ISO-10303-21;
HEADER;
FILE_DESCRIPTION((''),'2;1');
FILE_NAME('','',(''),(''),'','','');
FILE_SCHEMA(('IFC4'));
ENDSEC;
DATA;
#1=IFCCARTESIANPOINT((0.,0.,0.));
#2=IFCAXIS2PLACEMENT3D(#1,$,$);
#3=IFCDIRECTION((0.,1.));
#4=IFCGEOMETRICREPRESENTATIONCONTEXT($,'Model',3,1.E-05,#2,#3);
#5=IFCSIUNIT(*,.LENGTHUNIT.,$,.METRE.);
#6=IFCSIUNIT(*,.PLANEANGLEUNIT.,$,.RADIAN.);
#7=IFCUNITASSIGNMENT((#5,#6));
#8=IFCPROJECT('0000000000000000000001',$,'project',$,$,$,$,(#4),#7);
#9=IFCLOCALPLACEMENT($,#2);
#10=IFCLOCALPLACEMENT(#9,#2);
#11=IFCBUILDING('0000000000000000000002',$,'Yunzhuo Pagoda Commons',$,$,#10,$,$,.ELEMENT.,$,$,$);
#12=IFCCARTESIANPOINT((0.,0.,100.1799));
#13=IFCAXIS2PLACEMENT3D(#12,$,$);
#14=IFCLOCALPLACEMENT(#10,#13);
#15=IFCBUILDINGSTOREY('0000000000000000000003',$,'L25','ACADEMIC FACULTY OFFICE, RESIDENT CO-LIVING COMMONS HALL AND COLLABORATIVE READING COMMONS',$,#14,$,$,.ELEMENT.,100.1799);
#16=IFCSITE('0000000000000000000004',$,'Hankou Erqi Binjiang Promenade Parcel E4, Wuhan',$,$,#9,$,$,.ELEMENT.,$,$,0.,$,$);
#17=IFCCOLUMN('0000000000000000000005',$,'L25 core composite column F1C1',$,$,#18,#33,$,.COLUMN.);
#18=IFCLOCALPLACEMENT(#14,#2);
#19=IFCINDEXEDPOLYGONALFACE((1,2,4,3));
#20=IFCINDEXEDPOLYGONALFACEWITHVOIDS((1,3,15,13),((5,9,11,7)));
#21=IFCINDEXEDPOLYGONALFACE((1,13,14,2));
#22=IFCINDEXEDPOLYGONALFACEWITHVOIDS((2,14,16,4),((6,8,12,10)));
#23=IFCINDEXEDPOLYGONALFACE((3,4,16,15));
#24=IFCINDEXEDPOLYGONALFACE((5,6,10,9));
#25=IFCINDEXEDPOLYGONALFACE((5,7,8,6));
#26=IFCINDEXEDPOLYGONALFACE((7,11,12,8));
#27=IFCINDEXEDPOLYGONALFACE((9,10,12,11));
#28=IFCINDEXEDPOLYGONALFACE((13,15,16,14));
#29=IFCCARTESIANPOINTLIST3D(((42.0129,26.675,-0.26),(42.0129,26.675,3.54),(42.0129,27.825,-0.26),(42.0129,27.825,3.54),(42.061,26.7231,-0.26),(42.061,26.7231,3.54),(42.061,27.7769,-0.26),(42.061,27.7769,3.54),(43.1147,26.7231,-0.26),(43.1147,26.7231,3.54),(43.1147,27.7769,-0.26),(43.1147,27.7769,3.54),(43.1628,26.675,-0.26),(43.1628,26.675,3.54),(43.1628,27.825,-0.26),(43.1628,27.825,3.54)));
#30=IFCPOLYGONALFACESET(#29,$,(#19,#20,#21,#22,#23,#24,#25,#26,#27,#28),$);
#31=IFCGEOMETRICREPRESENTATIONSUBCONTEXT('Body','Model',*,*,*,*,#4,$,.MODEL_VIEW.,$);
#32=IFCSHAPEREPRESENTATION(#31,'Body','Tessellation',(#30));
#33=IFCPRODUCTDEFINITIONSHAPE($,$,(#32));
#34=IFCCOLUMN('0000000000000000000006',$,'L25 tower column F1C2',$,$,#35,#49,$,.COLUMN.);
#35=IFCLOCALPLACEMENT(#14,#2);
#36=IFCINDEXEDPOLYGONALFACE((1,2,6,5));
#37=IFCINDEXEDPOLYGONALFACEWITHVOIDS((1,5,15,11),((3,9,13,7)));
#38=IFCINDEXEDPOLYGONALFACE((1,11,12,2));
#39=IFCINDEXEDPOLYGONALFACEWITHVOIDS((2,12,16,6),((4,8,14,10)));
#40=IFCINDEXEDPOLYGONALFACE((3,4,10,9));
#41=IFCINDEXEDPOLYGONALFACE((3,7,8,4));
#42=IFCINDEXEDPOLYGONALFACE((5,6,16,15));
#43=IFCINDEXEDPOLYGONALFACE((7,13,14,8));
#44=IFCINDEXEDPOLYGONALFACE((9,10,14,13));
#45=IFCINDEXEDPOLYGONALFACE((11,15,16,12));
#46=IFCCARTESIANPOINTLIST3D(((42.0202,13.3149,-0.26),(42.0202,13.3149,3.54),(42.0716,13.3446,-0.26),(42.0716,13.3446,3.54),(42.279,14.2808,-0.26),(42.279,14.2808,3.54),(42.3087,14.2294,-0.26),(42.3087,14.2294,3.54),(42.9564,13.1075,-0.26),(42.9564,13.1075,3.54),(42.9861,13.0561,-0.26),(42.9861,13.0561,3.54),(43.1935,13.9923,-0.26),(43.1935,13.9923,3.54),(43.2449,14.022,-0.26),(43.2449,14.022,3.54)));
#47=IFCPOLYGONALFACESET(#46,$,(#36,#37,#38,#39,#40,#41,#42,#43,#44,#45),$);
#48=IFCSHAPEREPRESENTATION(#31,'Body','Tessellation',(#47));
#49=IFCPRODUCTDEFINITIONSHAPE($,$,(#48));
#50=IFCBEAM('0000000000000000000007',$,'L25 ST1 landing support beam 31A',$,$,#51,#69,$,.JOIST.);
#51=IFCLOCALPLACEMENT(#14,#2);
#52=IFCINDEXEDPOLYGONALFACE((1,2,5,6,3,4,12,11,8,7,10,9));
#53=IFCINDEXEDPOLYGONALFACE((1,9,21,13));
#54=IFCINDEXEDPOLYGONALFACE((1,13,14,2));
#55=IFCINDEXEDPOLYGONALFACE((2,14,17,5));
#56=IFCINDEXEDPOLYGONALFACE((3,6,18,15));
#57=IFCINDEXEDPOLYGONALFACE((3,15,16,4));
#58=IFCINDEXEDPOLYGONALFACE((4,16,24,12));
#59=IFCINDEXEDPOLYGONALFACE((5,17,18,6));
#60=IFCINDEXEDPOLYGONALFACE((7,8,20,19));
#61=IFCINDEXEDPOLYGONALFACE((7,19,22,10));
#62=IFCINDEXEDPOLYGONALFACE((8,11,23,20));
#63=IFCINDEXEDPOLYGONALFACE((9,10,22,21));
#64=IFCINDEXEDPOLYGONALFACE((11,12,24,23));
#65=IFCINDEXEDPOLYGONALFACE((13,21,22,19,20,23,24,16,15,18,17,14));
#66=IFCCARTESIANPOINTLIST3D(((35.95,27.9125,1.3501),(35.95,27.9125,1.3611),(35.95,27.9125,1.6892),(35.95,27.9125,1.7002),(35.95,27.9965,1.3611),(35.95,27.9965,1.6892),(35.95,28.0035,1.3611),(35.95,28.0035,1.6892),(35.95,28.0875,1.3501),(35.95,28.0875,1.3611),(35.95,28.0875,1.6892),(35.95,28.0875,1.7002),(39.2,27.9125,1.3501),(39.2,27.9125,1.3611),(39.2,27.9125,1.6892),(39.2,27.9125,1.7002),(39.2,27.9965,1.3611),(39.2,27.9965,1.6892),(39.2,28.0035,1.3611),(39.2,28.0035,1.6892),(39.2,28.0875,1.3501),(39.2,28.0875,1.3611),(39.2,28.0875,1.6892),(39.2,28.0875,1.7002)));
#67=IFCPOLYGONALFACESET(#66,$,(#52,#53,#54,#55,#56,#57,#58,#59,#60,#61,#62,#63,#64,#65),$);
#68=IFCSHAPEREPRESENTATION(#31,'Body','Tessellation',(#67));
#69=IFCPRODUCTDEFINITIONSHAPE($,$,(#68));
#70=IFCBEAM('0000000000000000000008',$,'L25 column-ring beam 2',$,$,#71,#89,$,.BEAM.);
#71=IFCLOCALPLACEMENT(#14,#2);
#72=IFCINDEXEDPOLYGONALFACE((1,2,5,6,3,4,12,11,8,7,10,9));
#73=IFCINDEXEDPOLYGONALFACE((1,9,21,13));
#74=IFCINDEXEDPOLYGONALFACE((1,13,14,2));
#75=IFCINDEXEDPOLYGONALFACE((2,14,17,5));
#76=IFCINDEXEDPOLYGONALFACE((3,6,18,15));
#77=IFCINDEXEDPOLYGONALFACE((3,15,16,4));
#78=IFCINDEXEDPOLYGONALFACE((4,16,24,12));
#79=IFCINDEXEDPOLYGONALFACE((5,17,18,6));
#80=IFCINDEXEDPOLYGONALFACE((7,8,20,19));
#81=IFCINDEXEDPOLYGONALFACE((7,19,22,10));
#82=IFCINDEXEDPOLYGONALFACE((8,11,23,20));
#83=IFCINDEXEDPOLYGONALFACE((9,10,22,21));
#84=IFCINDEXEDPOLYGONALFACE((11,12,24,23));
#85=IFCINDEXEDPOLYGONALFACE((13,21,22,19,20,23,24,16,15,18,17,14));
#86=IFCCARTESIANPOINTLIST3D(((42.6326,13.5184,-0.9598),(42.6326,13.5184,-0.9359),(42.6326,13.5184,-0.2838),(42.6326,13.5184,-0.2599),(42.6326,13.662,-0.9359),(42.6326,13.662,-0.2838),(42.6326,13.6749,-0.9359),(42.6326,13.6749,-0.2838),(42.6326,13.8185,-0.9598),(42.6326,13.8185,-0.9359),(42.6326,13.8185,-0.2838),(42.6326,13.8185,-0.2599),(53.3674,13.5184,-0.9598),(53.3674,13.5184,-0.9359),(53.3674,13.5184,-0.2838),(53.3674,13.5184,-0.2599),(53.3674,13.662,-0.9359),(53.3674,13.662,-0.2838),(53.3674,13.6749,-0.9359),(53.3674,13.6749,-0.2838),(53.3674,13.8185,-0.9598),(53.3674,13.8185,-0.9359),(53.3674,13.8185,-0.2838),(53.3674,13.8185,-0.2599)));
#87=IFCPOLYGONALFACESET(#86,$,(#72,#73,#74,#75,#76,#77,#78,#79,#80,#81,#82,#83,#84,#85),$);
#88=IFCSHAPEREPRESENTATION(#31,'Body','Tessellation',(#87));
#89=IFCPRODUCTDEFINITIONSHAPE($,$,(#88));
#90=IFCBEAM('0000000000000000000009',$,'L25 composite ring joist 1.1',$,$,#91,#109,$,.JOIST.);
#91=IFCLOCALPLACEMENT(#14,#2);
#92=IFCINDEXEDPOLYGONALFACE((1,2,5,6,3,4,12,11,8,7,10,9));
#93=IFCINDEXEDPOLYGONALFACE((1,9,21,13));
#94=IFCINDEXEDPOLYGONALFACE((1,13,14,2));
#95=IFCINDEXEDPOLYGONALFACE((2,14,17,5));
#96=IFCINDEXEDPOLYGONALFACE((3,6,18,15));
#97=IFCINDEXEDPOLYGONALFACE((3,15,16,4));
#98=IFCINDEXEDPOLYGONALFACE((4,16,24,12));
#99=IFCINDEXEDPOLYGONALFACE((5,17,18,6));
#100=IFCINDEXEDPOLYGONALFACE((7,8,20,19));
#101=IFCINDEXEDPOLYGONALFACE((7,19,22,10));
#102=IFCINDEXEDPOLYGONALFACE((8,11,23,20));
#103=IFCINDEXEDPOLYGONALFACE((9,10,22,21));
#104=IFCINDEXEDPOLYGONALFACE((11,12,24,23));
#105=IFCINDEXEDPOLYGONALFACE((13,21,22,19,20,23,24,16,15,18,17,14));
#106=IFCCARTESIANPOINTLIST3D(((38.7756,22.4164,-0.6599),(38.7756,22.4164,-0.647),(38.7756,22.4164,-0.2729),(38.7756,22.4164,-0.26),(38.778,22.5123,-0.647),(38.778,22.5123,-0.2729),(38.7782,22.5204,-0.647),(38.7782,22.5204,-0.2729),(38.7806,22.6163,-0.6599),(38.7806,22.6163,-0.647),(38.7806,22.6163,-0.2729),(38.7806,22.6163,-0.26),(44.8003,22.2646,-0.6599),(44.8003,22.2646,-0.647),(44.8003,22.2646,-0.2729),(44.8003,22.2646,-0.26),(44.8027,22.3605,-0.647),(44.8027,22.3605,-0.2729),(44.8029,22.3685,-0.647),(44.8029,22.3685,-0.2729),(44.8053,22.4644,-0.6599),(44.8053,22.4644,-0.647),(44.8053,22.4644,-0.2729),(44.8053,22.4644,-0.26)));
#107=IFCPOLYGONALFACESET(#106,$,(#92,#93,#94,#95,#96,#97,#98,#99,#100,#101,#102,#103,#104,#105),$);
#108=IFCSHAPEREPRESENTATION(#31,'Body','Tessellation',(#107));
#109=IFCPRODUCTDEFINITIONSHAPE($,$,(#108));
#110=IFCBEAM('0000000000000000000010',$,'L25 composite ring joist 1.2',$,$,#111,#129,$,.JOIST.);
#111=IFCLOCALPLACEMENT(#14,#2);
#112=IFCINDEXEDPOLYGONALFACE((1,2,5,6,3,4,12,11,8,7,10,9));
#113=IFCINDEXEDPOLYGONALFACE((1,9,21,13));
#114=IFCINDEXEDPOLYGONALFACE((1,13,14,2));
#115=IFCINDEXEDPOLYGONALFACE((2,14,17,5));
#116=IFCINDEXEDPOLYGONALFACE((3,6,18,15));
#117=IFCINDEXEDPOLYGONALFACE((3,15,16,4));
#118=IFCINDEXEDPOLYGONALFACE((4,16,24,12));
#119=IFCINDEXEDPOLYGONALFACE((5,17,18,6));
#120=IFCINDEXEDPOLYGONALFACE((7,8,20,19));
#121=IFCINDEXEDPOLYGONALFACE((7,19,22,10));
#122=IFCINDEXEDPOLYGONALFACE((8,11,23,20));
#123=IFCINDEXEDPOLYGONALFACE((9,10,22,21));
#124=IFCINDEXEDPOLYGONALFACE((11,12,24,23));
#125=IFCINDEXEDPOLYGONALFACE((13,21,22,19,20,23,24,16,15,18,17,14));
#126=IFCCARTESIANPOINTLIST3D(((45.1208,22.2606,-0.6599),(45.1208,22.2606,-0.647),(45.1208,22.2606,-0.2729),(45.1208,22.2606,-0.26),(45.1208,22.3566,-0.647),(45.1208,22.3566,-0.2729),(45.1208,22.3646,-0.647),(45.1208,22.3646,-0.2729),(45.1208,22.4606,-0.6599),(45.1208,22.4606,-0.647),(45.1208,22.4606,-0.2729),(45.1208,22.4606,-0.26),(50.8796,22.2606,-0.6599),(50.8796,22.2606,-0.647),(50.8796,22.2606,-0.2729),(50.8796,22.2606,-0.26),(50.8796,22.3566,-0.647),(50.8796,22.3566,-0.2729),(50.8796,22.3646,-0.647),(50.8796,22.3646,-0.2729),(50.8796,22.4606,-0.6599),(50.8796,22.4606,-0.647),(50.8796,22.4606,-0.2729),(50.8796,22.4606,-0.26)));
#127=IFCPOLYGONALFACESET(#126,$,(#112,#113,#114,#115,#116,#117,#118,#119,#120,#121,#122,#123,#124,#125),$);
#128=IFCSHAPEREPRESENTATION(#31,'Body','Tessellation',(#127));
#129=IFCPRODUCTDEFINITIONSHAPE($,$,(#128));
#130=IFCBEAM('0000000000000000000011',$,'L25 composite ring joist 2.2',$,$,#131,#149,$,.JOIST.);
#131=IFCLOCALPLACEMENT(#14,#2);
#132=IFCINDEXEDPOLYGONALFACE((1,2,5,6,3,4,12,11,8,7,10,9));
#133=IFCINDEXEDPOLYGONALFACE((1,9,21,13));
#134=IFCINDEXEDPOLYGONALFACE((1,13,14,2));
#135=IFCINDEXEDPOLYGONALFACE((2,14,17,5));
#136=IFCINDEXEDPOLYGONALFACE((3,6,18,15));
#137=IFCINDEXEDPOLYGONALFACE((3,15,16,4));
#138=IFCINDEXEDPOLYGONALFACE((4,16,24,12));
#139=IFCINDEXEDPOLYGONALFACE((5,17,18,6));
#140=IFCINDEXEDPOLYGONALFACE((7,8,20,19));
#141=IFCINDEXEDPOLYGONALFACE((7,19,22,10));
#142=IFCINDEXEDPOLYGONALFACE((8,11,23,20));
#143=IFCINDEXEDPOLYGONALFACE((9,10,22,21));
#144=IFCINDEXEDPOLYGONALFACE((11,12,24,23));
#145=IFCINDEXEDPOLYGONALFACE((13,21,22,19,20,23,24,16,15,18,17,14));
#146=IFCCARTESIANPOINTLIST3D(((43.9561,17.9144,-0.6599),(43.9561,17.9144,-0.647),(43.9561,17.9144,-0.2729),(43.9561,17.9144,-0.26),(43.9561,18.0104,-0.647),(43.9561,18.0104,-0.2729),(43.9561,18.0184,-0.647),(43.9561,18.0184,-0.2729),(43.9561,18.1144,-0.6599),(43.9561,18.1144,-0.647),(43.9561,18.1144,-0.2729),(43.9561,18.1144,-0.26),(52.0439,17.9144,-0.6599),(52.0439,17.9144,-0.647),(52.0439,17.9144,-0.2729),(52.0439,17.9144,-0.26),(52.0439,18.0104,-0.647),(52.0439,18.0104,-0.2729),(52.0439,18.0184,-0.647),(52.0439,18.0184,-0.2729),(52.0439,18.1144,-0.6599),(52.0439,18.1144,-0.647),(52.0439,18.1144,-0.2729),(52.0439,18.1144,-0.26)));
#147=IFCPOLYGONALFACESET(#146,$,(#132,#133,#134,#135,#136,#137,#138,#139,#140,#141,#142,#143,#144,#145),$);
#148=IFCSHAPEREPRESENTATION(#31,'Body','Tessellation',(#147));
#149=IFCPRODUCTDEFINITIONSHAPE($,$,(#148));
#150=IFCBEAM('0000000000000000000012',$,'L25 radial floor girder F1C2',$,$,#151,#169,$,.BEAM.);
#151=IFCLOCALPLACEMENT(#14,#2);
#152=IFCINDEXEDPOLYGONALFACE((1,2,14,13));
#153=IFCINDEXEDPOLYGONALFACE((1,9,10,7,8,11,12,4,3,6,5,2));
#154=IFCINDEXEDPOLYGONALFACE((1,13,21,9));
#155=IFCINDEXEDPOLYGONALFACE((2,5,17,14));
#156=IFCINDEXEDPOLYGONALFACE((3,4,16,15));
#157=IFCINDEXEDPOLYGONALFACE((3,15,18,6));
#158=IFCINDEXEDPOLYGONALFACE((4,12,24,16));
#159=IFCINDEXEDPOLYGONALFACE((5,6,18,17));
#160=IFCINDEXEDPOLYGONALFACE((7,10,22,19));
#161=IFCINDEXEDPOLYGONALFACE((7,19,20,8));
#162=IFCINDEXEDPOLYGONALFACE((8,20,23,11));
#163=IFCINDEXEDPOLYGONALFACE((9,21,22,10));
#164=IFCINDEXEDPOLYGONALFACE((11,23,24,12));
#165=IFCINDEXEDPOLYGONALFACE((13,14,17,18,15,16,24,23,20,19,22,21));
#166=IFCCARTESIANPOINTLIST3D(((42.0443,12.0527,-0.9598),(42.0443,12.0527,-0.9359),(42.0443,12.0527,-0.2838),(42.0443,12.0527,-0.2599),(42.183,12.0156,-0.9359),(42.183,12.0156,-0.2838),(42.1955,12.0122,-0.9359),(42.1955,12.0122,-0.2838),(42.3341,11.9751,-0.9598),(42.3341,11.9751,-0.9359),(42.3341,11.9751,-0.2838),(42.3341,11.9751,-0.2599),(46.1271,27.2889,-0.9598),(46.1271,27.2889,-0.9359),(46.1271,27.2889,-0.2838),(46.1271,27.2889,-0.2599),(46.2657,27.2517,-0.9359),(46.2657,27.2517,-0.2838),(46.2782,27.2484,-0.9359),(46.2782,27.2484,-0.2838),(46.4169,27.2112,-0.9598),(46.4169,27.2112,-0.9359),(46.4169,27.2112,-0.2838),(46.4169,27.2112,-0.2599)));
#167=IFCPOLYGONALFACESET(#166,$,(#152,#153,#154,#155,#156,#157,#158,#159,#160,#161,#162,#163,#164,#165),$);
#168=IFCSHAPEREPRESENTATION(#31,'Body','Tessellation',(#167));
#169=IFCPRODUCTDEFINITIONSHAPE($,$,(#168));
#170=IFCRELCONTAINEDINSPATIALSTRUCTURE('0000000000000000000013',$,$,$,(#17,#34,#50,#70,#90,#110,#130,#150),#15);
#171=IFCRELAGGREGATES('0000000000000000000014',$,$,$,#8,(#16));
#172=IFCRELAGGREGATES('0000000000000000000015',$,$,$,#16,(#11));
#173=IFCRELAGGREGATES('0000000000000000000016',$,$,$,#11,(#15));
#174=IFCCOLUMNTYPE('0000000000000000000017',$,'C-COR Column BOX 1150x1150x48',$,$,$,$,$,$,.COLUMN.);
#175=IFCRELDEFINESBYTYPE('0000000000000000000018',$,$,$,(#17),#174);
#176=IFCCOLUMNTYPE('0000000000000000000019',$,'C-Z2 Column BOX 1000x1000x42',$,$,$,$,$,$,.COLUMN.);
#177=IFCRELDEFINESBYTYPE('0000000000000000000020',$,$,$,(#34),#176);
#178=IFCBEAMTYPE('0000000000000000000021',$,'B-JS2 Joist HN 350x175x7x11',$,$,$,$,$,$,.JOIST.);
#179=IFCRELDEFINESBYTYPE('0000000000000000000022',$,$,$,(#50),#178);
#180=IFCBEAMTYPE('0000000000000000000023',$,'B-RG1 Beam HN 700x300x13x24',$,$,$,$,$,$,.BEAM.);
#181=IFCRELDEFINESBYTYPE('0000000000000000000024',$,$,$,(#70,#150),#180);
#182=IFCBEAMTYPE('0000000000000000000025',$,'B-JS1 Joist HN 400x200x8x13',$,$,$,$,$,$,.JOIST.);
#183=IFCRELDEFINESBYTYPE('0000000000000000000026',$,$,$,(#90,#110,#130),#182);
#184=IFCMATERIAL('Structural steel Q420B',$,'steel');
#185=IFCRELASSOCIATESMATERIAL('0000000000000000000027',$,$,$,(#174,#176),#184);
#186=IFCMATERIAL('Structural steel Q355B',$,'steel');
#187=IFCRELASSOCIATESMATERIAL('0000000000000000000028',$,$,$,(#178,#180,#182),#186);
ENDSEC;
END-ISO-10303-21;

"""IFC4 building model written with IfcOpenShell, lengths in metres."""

from ifc_helpers import new_model, si_unit, direction, frame, origin, origin_2d, place, context, subcontext, project, spatial, hollow_rectangle, i_section, extrude, source, transform, mapped, material, material_profile, profile_set, type_object, element, save


model = new_model("IFC4")

# Units and contexts
model_context = context("Model", 3, precision=1e-05, world=origin(), true_north=direction((0.0, 1.0)))
body_context = subcontext(model_context, "Body", "Model", "MODEL_VIEW")
ifc_project = project(units=[si_unit("LENGTHUNIT", "METRE"), si_unit("PLANEANGLEUNIT", "RADIAN")], contexts=[model_context])

# Site, building, storey
site_placement = place(None, origin())
site = spatial("IfcSite", under=ifc_project, at=site_placement, Name="Hankou Erqi Binjiang Promenade Parcel E4, Wuhan", CompositionType="ELEMENT", RefElevation=0.0)
building_placement = place(site_placement, origin())
building = spatial("IfcBuilding", under=site, at=building_placement, Name="Yunzhuo Pagoda Commons", CompositionType="ELEMENT")
storey_placement = place(building_placement, frame((0.0, 0.0, 100.1799)))
storey = spatial("IfcBuildingStorey", under=building, at=storey_placement, Name="L25", Description="ACADEMIC FACULTY OFFICE, RESIDENT CO-LIVING COMMONS HALL AND COLLABORATIVE READING COMMONS", CompositionType="ELEMENT", Elevation=100.1799)

# Columns
ifc_material_1 = material(Name="Structural steel Q420B", Category="steel")
ifc_material_profile_1 = material_profile(ifc_material_1, hollow_rectangle(XDim=1.1499, YDim=1.1499, WallThickness=0.0481, at=origin_2d()), Name="Structural steel Q420B")
ifc_profile_set_1 = profile_set([ifc_material_profile_1], Name="Structural steel Q420B")
column_type_1 = type_object("IfcColumnType", Name="C-COR Column BOX 1150x1150x48", PredefinedType="COLUMN", material=ifc_profile_set_1)
shared_shape_1 = source(origin(), body_context, "Body", "SweptSolid", [
    extrude(hollow_rectangle(XDim=1.1499, YDim=1.1499, WallThickness=0.0481, at=origin_2d()), origin(), (0.0, 0.0, 1.0), 3.8),
])
column_1_placement = place(storey_placement, frame((42.5879, 27.25, -0.26), z_axis=(0.0, 0.0, 1.0), x_axis=(1.0, 0.0, 0.0)))
element("IfcColumn", 1, at=column_1_placement, inside=storey, type_object=column_type_1, Name="L25 core composite column F1C1", PredefinedType="COLUMN", context=body_context, shape_type="MappedRepresentation", body=[
    mapped(shared_shape_1, transform((0.0, 0.0, 0.0), scale=1.0)),
])
ifc_material_profile_2 = material_profile(ifc_material_1, hollow_rectangle(XDim=1.0, YDim=1.0, WallThickness=0.042, at=origin_2d()), Name="Structural steel Q420B")
ifc_profile_set_2 = profile_set([ifc_material_profile_2], Name="Structural steel Q420B")
column_type_2 = type_object("IfcColumnType", Name="C-Z2 Column BOX 1000x1000x42", PredefinedType="COLUMN", material=ifc_profile_set_2)
shared_shape_2 = source(origin(), body_context, "Body", "SweptSolid", [
    extrude(hollow_rectangle(XDim=1.0, YDim=1.0, WallThickness=0.042, at=origin_2d()), origin(), (0.0, 0.0, 1.0), 3.8),
])
column_2_placement = place(storey_placement, frame((42.6326, 13.6685, -0.26), z_axis=(0.0, 0.0, 1.0), x_axis=(0.965926, -0.258819, 0.0)))
element("IfcColumn", 2, at=column_2_placement, inside=storey, type_object=column_type_2, Name="L25 tower column F1C2", PredefinedType="COLUMN", context=body_context, shape_type="MappedRepresentation", body=[
    mapped(shared_shape_2, transform((0.0, 0.0, 0.0), scale=1.0)),
])

# Beams
ifc_material_2 = material(Name="Structural steel Q355B", Category="steel")
ifc_material_profile_3 = material_profile(ifc_material_2, i_section(OverallWidth=0.175, OverallDepth=0.3501, WebThickness=0.0071, FlangeThickness=0.011, at=origin_2d()), Name="Structural steel Q355B")
ifc_profile_set_3 = profile_set([ifc_material_profile_3], Name="Structural steel Q355B")
beam_type_1 = type_object("IfcBeamType", Name="B-JS2 Joist HN 350x175x7x11", PredefinedType="JOIST", material=ifc_profile_set_3)
shared_shape_3 = source(origin(), body_context, "Body", "SweptSolid", [
    extrude(i_section(OverallWidth=0.175, OverallDepth=0.3501, WebThickness=0.0071, FlangeThickness=0.011, at=origin_2d()), origin(), (0.0, 0.0, 1.0), 3.25),
])
beam_1_placement = place(storey_placement, frame((35.95, 28.0, 1.5251), z_axis=(1.0, 0.0, 0.0), x_axis=(0.0, 1.0, 0.0)))
element("IfcBeam", 3, at=beam_1_placement, inside=storey, type_object=beam_type_1, Name="L25 ST1 landing support beam 31A", PredefinedType="JOIST", context=body_context, shape_type="MappedRepresentation", body=[
    mapped(shared_shape_3, transform((0.0, 0.0, 0.0), scale=1.0)),
])
ifc_material_profile_4 = material_profile(ifc_material_2, i_section(OverallWidth=0.3, OverallDepth=0.7, WebThickness=0.0129, FlangeThickness=0.0239, at=origin_2d()), Name="Structural steel Q355B")
ifc_profile_set_4 = profile_set([ifc_material_profile_4], Name="Structural steel Q355B")
beam_type_2 = type_object("IfcBeamType", Name="B-RG1 Beam HN 700x300x13x24", PredefinedType="BEAM", material=ifc_profile_set_4)
shared_shape_4 = source(origin(), body_context, "Body", "SweptSolid", [
    extrude(i_section(OverallWidth=0.3, OverallDepth=0.7, WebThickness=0.0129, FlangeThickness=0.0239, at=origin_2d()), origin(), (0.0, 0.0, 1.0), 10.7349),
])
beam_2_placement = place(storey_placement, frame((42.6326, 13.6685, -0.6099), z_axis=(1.0, 0.0, 0.0), x_axis=(0.0, 1.0, 0.0)))
element("IfcBeam", 4, at=beam_2_placement, inside=storey, type_object=beam_type_2, Name="L25 column-ring beam 2", PredefinedType="BEAM", context=body_context, shape_type="MappedRepresentation", body=[
    mapped(shared_shape_4, transform((0.0, 0.0, 0.0), scale=1.0)),
])
ifc_material_profile_5 = material_profile(ifc_material_2, i_section(OverallWidth=0.2, OverallDepth=0.3999, WebThickness=0.0081, FlangeThickness=0.0129, at=origin_2d()), Name="Structural steel Q355B")
ifc_profile_set_5 = profile_set([ifc_material_profile_5], Name="Structural steel Q355B")
beam_type_3 = type_object("IfcBeamType", Name="B-JS1 Joist HN 400x200x8x13", PredefinedType="JOIST", material=ifc_profile_set_5)
shared_shape_5 = source(origin(), body_context, "Body", "SweptSolid", [
    extrude(i_section(OverallWidth=0.2, OverallDepth=0.3999, WebThickness=0.0081, FlangeThickness=0.0129, at=origin_2d()), origin(), (0.0, 0.0, 1.0), 6.0266),
])
beam_3_placement = place(storey_placement, frame((38.7781, 22.5164, -0.46), z_axis=(0.999682, -0.025198, 0.0), x_axis=(0.025198, 0.999682, 0.0)))
element("IfcBeam", 5, at=beam_3_placement, inside=storey, type_object=beam_type_3, Name="L25 composite ring joist 1.1", PredefinedType="JOIST", context=body_context, shape_type="MappedRepresentation", body=[
    mapped(shared_shape_5, transform((0.0, 0.0, 0.0), scale=1.0)),
])
shared_shape_6 = source(origin(), body_context, "Body", "SweptSolid", [
    extrude(i_section(OverallWidth=0.2, OverallDepth=0.3999, WebThickness=0.0081, FlangeThickness=0.0129, at=origin_2d()), origin(), (0.0, 0.0, 1.0), 5.7588),
])
beam_4_placement = place(storey_placement, frame((45.1208, 22.3606, -0.46), z_axis=(1.0, 0.0, 0.0), x_axis=(0.0, 1.0, 0.0)))
element("IfcBeam", 6, at=beam_4_placement, inside=storey, type_object=beam_type_3, Name="L25 composite ring joist 1.2", PredefinedType="JOIST", context=body_context, shape_type="MappedRepresentation", body=[
    mapped(shared_shape_6, transform((0.0, 0.0, 0.0), scale=1.0)),
])
shared_shape_7 = source(origin(), body_context, "Body", "SweptSolid", [
    extrude(i_section(OverallWidth=0.2, OverallDepth=0.3999, WebThickness=0.0081, FlangeThickness=0.0129, at=origin_2d()), origin(), (0.0, 0.0, 1.0), 8.0879),
])
beam_5_placement = place(storey_placement, frame((43.9561, 18.0144, -0.46), z_axis=(1.0, 0.0, 0.0), x_axis=(0.0, 1.0, 0.0)))
element("IfcBeam", 7, at=beam_5_placement, inside=storey, type_object=beam_type_3, Name="L25 composite ring joist 2.2", PredefinedType="JOIST", context=body_context, shape_type="MappedRepresentation", body=[
    mapped(shared_shape_7, transform((0.0, 0.0, 0.0), scale=1.0)),
])
shared_shape_8 = source(origin(), body_context, "Body", "SweptSolid", [
    extrude(i_section(OverallWidth=0.3, OverallDepth=0.7, WebThickness=0.0129, FlangeThickness=0.0239, at=origin_2d()), origin(), (0.0, 0.0, 1.0), 15.7737),
])
beam_6_placement = place(storey_placement, frame((42.1892, 12.0139, -0.6099), z_axis=(0.258835, 0.965922, 0.0), x_axis=(-0.965922, 0.258835, 0.0)))
element("IfcBeam", 8, at=beam_6_placement, inside=storey, type_object=beam_type_2, Name="L25 radial floor girder F1C2", PredefinedType="BEAM", context=body_context, shape_type="MappedRepresentation", body=[
    mapped(shared_shape_8, transform((0.0, 0.0, 0.0), scale=1.0)),
])

save(model, "model.ifc")
